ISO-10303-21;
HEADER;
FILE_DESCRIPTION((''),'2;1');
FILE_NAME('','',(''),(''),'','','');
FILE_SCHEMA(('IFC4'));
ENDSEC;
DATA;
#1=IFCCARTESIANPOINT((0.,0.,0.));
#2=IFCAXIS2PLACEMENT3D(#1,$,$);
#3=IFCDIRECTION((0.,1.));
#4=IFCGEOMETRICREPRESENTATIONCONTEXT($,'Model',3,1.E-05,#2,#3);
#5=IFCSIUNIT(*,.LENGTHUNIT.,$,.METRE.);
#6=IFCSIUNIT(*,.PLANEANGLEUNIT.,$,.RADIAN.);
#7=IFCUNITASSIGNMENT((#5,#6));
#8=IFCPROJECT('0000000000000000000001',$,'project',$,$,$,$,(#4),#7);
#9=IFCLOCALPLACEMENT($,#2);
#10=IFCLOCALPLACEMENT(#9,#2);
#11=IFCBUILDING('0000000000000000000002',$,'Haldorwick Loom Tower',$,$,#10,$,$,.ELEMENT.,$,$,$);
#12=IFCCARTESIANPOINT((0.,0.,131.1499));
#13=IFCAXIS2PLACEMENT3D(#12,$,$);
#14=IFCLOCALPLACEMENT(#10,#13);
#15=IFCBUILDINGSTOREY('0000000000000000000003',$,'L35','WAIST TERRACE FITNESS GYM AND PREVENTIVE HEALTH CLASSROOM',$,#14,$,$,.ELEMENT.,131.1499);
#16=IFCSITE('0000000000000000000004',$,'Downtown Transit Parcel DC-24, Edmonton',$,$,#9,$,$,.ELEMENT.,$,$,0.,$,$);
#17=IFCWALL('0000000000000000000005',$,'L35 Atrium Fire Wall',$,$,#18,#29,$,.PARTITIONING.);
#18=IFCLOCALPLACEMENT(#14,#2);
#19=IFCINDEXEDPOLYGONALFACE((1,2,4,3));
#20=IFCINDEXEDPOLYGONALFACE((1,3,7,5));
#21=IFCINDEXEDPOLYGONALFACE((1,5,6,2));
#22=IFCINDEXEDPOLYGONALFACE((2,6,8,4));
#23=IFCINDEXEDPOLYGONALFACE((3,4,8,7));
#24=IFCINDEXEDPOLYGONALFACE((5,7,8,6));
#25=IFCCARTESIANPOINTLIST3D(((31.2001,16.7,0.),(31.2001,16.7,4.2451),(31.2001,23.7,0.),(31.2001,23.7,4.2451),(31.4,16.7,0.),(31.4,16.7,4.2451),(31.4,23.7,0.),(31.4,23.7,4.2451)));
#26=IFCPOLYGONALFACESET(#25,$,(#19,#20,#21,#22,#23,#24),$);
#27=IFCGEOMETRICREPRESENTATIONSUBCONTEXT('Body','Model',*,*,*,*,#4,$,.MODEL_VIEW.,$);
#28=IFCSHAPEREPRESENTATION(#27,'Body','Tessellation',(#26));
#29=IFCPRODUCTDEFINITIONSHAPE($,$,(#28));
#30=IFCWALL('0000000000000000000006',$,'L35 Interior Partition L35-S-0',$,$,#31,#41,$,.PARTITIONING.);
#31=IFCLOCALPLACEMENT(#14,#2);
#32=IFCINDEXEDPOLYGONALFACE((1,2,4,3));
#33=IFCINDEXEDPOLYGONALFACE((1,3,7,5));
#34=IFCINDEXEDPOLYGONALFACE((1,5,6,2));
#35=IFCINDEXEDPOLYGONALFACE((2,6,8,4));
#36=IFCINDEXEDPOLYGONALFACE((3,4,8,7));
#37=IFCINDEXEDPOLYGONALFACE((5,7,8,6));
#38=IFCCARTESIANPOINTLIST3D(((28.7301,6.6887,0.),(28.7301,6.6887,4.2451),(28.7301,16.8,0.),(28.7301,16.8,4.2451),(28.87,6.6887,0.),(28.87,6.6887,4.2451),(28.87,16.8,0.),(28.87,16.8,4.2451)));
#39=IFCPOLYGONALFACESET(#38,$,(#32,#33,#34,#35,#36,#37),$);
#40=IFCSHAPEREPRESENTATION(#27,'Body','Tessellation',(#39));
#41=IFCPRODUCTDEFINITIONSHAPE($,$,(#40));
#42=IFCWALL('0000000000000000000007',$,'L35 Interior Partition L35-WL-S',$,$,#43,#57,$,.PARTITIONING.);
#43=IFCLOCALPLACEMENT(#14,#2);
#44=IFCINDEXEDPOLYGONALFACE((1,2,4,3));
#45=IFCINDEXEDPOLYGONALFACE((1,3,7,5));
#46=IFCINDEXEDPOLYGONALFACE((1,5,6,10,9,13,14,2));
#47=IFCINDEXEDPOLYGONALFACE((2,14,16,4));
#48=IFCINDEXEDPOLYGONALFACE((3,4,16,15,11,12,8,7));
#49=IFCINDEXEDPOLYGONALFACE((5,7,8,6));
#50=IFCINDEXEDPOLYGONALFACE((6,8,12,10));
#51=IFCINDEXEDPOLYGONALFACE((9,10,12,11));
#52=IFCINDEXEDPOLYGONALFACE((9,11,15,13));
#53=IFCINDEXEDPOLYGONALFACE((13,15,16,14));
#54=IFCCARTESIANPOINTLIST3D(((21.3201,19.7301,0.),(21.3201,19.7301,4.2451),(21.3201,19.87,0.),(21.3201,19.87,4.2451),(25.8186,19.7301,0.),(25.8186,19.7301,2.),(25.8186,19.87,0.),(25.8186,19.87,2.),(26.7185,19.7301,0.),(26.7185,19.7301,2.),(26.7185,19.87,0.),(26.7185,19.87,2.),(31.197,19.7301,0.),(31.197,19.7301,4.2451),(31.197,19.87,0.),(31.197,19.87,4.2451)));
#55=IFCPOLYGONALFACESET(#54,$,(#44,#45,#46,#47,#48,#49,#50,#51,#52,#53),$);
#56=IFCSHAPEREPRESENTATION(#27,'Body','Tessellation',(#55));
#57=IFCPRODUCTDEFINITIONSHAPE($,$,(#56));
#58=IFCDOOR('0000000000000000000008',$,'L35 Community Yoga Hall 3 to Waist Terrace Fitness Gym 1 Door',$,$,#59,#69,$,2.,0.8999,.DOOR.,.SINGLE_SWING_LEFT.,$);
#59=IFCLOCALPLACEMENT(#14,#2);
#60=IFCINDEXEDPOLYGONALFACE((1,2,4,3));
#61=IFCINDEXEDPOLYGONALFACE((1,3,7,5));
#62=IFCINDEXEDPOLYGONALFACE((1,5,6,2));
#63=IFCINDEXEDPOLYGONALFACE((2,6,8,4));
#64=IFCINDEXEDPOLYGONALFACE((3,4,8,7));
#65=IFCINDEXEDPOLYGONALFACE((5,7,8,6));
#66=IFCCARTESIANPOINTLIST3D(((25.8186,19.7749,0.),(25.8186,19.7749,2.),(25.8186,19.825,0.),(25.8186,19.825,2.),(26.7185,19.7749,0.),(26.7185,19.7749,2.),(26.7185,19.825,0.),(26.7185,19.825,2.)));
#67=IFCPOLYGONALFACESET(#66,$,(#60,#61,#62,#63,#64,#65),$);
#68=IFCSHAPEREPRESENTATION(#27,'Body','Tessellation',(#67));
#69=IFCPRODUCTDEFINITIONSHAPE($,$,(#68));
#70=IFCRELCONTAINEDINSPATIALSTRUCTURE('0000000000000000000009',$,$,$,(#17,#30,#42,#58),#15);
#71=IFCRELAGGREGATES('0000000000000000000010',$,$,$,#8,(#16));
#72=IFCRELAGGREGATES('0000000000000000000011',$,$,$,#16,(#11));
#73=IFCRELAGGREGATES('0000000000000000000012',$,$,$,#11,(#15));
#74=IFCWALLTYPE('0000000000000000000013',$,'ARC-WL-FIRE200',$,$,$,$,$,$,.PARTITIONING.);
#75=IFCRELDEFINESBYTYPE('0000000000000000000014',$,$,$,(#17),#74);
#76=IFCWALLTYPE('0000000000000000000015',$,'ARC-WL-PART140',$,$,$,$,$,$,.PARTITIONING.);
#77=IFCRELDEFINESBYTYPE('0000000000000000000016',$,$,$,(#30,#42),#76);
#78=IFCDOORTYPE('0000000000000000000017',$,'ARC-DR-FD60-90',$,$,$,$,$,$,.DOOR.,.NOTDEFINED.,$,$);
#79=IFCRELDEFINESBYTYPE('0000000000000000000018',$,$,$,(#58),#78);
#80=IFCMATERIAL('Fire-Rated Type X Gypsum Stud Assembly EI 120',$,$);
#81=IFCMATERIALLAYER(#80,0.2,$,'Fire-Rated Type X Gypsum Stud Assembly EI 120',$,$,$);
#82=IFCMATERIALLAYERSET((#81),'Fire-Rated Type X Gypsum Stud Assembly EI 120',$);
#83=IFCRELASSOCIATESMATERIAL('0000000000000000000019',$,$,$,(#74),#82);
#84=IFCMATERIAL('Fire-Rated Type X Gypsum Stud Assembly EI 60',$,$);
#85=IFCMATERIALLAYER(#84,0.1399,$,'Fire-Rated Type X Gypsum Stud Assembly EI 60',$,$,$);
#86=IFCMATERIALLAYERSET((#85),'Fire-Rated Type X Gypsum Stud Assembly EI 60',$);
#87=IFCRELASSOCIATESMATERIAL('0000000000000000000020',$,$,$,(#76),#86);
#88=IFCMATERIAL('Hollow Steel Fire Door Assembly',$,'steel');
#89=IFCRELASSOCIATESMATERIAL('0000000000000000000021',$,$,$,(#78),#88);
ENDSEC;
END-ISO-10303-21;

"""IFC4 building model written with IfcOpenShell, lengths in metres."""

from ifc_helpers import new_model, si_unit, direction, frame, frame_2d, origin, place, context, subcontext, project, spatial, rectangle, extrude, material, layer, layer_set, type_object, element, fill, save


model = new_model("IFC4")

# Units and contexts
model_context = context("Model", 3, precision=1e-05, world=origin(), true_north=direction((0.0, 1.0)))
body_context = subcontext(model_context, "Body", "Model", "MODEL_VIEW")
ifc_project = project(units=[si_unit("LENGTHUNIT", "METRE"), si_unit("PLANEANGLEUNIT", "RADIAN")], contexts=[model_context])

# Site, building, storey
site_placement = place(None, origin())
site = spatial("IfcSite", under=ifc_project, at=site_placement, Name="Downtown Transit Parcel DC-24, Edmonton", CompositionType="ELEMENT", RefElevation=0.0)
building_placement = place(site_placement, origin())
building = spatial("IfcBuilding", under=site, at=building_placement, Name="Haldorwick Loom Tower", CompositionType="ELEMENT")
storey_placement = place(building_placement, frame((0.0, 0.0, 131.1499)))
storey = spatial("IfcBuildingStorey", under=building, at=storey_placement, Name="L35", Description="WAIST TERRACE FITNESS GYM AND PREVENTIVE HEALTH CLASSROOM", CompositionType="ELEMENT", Elevation=131.1499)

# Walls
ifc_material_1 = material(Name="Fire-Rated Type X Gypsum Stud Assembly EI 60")
ifc_material_2 = material(Name="Fire-Rated Type X Gypsum Stud Assembly EI 120")
ifc_layer_1 = layer(ifc_material_2, 0.2, Name="Fire-Rated Type X Gypsum Stud Assembly EI 120")
ifc_layer_set_1 = layer_set([ifc_layer_1], Name="Fire-Rated Type X Gypsum Stud Assembly EI 120")
wall_type_1 = type_object("IfcWallType", Name="ARC-WL-FIRE200", PredefinedType="PARTITIONING", material=ifc_layer_set_1)
wall_1_placement = place(storey_placement, frame((31.3, 16.7, 0.0), z_axis=(0.0, 0.0, 1.0), x_axis=(0.0, 1.0, 0.0)))
element("IfcWall", 1, at=wall_1_placement, inside=storey, type_object=wall_type_1, Name="L35 Atrium Fire Wall", PredefinedType="PARTITIONING", context=body_context, shape_type="SweptSolid", body=[
    extrude(rectangle(XDim=7.0, YDim=0.2, at=frame_2d((3.5, 0.0))), origin(), (0.0, 0.0, 1.0), 4.2451),
])
ifc_layer_2 = layer(ifc_material_1, 0.1399, Name="Fire-Rated Type X Gypsum Stud Assembly EI 60")
ifc_layer_set_2 = layer_set([ifc_layer_2], Name="Fire-Rated Type X Gypsum Stud Assembly EI 60")
wall_type_2 = type_object("IfcWallType", Name="ARC-WL-PART140", PredefinedType="PARTITIONING", material=ifc_layer_set_2)
wall_2_placement = place(storey_placement, frame((28.8, 6.6887, 0.0), z_axis=(0.0, 0.0, 1.0), x_axis=(0.0, 1.0, 0.0)))
element("IfcWall", 2, at=wall_2_placement, inside=storey, type_object=wall_type_2, Name="L35 Interior Partition L35-S-0", PredefinedType="PARTITIONING", context=body_context, shape_type="SweptSolid", body=[
    extrude(rectangle(XDim=10.1113, YDim=0.1399, at=frame_2d((5.0557, 0.0))), origin(), (0.0, 0.0, 1.0), 4.2451),
])

# Wall, opening, door
wall_3_placement = place(storey_placement, frame((21.3201, 19.8, 0.0), z_axis=(0.0, 0.0, 1.0), x_axis=(1.0, 0.0, 0.0)))
wall_3 = element("IfcWall", 3, at=wall_3_placement, inside=storey, type_object=wall_type_2, Name="L35 Interior Partition L35-WL-S", PredefinedType="PARTITIONING", context=body_context, shape_type="SweptSolid", body=[
    extrude(rectangle(XDim=9.877, YDim=0.1399, at=frame_2d((4.9385, 0.0))), origin(), (0.0, 0.0, 1.0), 4.2451),
])
opening_1_placement = place(wall_3_placement, frame((4.4985, 0.0, 0.0)))
opening_1 = element("IfcOpeningElement", 4, at=opening_1_placement, cuts=wall_3, PredefinedType="OPENING", context=body_context, shape_type="SweptSolid", body=[
    extrude(rectangle(XDim=0.8999, YDim=2.0, at=frame_2d((0.45, 1.0))), frame((0.0, 0.0798, 0.0), z_axis=(0.0, -1.0, 0.0), x_axis=(1.0, 0.0, 0.0)), (0.0, 0.0, 1.0), 0.1599),
])
ifc_material_3 = material(Name="Hollow Steel Fire Door Assembly", Category="steel")
door_type = type_object("IfcDoorType", Name="ARC-DR-FD60-90", OperationType="NOTDEFINED", PredefinedType="DOOR", material=ifc_material_3)
door_placement = place(opening_1_placement, origin())
door = element("IfcDoor", 5, at=door_placement, inside=storey, type_object=door_type, Name="L35 Community Yoga Hall 3 to Waist Terrace Fitness Gym 1 Door", OperationType="SINGLE_SWING_LEFT", OverallHeight=2.0, OverallWidth=0.8999, PredefinedType="DOOR", context=body_context, shape_type="SweptSolid", body=[
    extrude(rectangle(XDim=0.8999, YDim=2.0, at=frame_2d((0.45, 1.0))), frame((0.0, 0.0249, 0.0), z_axis=(0.0, -1.0, 0.0), x_axis=(1.0, 0.0, 0.0)), (0.0, 0.0, 1.0), 0.05),
])
fill(opening_1, door)

save(model, "model.ifc")
